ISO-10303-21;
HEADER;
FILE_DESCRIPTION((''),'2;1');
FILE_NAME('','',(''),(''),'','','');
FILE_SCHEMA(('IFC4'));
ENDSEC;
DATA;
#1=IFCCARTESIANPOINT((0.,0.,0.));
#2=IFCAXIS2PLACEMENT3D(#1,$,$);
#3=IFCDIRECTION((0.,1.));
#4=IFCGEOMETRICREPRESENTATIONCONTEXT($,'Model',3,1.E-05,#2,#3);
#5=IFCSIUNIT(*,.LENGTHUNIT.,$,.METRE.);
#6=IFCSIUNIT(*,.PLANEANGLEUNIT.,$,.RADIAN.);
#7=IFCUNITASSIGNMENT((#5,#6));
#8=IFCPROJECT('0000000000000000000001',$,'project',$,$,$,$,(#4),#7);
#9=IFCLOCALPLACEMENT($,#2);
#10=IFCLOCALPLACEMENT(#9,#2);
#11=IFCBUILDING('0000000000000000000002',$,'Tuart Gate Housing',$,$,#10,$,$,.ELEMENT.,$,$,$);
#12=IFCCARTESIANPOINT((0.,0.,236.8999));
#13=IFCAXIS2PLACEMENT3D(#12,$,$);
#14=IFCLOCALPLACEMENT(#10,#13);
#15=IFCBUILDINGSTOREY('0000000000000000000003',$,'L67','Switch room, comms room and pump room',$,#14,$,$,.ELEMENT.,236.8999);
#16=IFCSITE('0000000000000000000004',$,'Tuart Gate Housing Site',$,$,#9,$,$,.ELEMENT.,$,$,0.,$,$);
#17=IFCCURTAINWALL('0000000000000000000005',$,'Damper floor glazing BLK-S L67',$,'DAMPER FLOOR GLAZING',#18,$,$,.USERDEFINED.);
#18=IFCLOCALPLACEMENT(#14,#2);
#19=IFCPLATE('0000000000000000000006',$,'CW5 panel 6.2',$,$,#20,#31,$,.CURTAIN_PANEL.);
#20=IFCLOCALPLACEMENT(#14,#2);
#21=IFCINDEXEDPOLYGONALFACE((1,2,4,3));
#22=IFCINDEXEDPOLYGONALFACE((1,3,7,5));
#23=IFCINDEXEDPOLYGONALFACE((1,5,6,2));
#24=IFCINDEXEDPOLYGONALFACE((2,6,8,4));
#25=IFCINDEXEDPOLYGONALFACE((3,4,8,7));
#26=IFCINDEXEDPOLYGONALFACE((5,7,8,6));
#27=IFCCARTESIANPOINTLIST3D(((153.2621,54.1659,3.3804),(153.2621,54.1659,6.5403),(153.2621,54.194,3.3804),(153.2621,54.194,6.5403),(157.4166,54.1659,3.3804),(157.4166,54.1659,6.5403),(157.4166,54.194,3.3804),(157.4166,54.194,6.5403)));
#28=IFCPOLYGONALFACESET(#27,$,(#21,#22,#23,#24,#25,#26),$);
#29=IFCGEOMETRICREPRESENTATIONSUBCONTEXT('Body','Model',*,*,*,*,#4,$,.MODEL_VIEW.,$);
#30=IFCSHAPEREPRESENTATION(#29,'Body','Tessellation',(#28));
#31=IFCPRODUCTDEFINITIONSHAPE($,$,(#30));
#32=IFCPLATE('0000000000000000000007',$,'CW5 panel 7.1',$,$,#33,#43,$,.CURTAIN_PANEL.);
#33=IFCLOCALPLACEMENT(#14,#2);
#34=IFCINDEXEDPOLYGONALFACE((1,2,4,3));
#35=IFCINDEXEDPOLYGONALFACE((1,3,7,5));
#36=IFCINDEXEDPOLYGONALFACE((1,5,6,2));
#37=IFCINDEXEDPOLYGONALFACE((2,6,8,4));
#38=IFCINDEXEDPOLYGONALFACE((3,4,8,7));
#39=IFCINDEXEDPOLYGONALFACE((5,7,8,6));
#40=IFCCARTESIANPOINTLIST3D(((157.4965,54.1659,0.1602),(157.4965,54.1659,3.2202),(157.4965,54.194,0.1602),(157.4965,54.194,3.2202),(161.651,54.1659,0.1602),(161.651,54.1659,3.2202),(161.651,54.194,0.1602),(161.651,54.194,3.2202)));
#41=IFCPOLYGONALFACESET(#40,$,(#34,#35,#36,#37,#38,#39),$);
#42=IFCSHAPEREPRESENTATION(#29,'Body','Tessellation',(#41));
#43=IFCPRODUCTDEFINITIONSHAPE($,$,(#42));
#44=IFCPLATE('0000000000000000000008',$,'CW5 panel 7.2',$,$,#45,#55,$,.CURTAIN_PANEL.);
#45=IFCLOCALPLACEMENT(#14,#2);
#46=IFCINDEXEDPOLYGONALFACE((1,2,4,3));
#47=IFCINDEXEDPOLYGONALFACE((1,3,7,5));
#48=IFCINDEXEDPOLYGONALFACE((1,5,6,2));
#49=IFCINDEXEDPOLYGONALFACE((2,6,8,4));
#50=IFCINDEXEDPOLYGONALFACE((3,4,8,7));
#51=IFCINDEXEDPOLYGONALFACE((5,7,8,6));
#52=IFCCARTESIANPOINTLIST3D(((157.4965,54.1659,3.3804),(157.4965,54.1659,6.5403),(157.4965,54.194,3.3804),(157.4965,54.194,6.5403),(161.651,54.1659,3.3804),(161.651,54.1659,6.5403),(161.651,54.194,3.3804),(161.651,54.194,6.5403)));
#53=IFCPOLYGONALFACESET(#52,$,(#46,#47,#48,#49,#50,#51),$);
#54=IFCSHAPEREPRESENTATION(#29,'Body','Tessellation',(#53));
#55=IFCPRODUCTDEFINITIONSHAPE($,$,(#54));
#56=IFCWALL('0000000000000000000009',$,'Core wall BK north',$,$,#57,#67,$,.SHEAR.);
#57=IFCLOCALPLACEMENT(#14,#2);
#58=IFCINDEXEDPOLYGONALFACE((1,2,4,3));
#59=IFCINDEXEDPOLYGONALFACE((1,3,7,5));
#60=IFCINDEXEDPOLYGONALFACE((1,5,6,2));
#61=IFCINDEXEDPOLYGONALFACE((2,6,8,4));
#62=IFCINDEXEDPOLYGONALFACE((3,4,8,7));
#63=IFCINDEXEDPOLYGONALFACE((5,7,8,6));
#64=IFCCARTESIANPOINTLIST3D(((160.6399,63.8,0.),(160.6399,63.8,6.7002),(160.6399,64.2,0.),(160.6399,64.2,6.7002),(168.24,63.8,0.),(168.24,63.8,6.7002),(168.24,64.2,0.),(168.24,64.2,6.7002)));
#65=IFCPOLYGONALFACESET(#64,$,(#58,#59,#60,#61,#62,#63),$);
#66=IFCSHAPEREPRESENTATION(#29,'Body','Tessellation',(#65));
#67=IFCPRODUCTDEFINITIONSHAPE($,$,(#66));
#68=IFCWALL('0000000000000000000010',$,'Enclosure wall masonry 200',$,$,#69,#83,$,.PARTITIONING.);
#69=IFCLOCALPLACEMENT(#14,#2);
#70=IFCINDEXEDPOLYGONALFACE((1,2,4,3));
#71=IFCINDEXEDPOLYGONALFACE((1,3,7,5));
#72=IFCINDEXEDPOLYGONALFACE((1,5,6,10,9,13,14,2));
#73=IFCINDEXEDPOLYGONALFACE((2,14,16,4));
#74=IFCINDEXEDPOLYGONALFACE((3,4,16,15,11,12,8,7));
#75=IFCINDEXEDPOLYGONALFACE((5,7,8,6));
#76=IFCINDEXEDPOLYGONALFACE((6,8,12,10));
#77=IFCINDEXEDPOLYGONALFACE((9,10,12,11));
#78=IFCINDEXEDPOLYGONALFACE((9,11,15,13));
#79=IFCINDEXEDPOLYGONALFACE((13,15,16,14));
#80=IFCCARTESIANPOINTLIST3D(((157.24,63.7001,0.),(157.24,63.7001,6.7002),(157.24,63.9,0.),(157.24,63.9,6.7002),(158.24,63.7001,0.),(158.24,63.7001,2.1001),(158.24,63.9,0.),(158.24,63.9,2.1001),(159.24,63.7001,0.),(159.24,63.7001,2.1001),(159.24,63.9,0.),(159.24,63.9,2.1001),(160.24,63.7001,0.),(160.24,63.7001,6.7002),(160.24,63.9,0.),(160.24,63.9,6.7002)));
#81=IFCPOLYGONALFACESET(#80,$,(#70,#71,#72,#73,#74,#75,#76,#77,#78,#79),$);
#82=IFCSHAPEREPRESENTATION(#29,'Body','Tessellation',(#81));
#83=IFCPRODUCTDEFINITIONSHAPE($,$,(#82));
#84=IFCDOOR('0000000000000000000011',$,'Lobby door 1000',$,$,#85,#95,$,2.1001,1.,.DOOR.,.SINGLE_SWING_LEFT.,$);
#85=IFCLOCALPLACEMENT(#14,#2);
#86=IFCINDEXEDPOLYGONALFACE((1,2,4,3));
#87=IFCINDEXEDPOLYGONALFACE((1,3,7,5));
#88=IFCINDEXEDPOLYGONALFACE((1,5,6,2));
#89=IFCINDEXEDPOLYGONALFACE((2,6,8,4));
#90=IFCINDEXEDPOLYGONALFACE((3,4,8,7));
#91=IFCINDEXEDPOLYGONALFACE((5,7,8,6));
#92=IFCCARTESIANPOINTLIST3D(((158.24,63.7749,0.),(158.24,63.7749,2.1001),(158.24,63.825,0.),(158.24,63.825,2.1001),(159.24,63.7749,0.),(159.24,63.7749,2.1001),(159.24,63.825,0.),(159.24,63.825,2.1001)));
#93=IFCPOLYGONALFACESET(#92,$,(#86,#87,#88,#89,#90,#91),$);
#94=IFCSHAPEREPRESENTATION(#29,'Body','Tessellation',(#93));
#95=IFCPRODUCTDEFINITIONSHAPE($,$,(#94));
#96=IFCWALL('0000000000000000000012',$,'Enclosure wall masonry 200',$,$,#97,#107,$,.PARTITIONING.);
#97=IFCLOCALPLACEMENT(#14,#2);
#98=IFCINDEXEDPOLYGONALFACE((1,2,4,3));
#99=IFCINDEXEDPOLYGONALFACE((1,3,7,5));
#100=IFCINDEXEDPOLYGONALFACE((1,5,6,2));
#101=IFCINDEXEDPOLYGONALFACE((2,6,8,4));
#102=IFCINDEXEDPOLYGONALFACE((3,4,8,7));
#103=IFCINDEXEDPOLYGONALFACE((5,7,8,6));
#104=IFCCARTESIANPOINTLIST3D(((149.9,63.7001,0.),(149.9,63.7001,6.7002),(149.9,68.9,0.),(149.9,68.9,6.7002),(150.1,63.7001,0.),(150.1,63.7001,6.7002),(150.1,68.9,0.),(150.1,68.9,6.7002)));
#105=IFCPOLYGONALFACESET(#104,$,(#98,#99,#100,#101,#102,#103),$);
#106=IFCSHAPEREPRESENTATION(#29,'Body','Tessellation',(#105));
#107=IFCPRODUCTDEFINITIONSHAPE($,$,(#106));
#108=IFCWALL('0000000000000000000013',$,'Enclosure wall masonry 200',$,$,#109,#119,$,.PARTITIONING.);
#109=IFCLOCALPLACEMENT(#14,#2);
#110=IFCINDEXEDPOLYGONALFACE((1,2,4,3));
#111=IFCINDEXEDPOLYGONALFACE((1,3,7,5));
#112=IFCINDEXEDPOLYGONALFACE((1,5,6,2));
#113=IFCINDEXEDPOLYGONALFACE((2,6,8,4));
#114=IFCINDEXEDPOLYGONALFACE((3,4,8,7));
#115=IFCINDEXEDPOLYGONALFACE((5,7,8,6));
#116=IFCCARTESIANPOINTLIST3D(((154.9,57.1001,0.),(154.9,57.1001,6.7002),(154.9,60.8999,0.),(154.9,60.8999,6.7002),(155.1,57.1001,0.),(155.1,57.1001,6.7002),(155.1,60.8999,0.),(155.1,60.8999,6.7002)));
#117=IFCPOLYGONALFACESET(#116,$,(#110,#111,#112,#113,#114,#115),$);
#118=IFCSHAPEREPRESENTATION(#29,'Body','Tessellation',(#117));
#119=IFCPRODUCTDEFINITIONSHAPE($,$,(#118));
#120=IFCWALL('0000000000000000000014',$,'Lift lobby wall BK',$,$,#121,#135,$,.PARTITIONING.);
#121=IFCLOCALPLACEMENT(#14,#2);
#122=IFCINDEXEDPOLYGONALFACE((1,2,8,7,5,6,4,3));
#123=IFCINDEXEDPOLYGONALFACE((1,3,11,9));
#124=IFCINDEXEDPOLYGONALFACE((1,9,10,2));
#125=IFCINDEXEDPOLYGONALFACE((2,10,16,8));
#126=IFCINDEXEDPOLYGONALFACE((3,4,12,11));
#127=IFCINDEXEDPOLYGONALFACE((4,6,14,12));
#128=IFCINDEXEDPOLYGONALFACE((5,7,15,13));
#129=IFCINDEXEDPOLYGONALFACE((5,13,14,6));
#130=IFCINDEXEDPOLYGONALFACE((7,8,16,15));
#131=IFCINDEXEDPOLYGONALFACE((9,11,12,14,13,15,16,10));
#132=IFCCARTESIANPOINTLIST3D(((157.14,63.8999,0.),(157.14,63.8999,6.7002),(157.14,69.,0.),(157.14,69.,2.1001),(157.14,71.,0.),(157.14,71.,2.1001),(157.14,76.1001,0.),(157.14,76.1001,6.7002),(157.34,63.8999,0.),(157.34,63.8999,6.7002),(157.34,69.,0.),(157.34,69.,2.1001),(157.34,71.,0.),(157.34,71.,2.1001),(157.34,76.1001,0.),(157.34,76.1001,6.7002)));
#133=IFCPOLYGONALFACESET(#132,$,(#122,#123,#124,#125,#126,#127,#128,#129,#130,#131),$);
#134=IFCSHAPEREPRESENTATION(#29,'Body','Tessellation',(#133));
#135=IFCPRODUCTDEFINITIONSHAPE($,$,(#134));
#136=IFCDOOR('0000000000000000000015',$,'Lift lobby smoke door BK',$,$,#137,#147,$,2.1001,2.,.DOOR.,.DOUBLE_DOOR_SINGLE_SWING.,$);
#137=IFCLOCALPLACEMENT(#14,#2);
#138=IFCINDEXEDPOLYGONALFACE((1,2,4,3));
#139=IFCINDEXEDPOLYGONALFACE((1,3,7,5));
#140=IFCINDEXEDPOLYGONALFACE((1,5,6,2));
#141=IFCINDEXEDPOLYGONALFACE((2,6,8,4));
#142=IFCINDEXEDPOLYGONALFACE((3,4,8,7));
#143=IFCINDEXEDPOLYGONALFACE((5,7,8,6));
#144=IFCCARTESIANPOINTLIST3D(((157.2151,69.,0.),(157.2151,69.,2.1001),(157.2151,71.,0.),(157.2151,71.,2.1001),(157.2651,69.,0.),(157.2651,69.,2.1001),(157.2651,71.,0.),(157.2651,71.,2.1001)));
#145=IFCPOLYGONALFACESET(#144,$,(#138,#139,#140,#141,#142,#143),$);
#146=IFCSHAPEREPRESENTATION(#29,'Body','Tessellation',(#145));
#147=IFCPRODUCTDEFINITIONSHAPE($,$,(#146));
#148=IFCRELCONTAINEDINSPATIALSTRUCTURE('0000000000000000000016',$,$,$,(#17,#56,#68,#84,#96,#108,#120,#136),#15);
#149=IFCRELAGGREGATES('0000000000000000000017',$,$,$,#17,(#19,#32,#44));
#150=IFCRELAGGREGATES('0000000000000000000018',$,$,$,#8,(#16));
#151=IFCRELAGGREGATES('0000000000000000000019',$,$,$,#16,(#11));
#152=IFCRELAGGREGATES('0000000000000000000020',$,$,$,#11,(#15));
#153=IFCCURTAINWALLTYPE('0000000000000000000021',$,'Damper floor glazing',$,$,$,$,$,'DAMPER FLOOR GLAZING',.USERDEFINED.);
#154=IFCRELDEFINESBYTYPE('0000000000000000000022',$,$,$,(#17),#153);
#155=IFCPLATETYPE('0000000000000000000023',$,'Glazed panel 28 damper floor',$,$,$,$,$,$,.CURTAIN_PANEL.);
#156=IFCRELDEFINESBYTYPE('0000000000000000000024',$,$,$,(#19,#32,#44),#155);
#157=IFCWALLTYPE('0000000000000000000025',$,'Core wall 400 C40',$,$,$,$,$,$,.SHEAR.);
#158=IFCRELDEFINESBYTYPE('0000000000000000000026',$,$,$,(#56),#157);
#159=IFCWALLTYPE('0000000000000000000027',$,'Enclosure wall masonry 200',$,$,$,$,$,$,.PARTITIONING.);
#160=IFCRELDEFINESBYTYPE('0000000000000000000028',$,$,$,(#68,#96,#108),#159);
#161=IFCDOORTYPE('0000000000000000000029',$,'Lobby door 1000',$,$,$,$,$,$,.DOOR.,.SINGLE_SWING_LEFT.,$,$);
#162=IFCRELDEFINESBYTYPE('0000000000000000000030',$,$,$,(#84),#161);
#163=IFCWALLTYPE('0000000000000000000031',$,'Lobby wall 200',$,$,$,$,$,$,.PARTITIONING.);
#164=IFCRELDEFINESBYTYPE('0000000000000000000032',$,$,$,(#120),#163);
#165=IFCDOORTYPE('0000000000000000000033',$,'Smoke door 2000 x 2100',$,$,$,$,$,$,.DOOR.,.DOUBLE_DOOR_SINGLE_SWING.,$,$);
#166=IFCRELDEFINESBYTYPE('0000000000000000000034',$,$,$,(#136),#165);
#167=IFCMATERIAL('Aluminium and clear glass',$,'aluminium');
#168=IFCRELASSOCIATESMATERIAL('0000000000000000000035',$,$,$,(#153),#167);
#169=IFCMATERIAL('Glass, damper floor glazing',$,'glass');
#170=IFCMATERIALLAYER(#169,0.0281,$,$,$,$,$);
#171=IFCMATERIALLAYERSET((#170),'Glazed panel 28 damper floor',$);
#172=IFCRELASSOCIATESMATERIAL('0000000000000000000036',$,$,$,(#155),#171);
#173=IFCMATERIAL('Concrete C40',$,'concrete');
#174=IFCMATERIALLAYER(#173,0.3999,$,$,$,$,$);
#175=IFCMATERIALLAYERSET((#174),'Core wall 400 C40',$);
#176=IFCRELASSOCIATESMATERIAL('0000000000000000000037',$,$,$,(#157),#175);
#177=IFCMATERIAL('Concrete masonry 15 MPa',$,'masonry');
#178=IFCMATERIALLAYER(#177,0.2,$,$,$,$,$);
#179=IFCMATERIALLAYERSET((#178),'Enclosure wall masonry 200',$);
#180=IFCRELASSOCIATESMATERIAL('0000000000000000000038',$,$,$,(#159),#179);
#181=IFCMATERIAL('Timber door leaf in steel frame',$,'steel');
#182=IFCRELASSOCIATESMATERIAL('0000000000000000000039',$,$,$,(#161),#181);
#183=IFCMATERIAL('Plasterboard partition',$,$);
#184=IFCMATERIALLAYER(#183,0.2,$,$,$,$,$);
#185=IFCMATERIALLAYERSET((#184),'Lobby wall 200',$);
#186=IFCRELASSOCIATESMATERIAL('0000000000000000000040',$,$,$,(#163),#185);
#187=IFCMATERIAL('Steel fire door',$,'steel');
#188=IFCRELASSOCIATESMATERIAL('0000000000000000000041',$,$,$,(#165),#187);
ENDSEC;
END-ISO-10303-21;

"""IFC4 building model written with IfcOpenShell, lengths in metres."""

from ifc_helpers import new_model, si_unit, direction, frame, frame_2d, origin, origin_2d, place, context, subcontext, project, spatial, rectangle, extrude, material, layer, layer_set, type_object, element, fill, aggregate, save


model = new_model("IFC4")

# Units and contexts
model_context = context("Model", 3, precision=1e-05, world=origin(), true_north=direction((0.0, 1.0)))
body_context = subcontext(model_context, "Body", "Model", "MODEL_VIEW")
ifc_project = project(units=[si_unit("LENGTHUNIT", "METRE"), si_unit("PLANEANGLEUNIT", "RADIAN")], contexts=[model_context])

# Site, building, storey
site_placement = place(None, origin())
site = spatial("IfcSite", under=ifc_project, at=site_placement, Name="Tuart Gate Housing Site", CompositionType="ELEMENT", RefElevation=0.0)
building_placement = place(site_placement, origin())
building = spatial("IfcBuilding", under=site, at=building_placement, Name="Tuart Gate Housing", CompositionType="ELEMENT")
storey_placement = place(building_placement, frame((0.0, 0.0, 236.8999)))
storey = spatial("IfcBuildingStorey", under=building, at=storey_placement, Name="L67", Description="Switch room, comms room and pump room", CompositionType="ELEMENT", Elevation=236.8999)

# Curtain wall, plates
ifc_material_1 = material(Name="Aluminium and clear glass", Category="aluminium")
curtain_wall_type = type_object("IfcCurtainWallType", Name="Damper floor glazing", ElementType="DAMPER FLOOR GLAZING", PredefinedType="USERDEFINED", material=ifc_material_1)
curtain_wall_placement = place(storey_placement, origin())
curtain_wall = element("IfcCurtainWall", 1, at=curtain_wall_placement, inside=storey, type_object=curtain_wall_type, Name="Damper floor glazing BLK-S L67", ObjectType="DAMPER FLOOR GLAZING", PredefinedType="USERDEFINED")
ifc_material_2 = material(Name="Glass, damper floor glazing", Category="glass")
ifc_layer_1 = layer(ifc_material_2, 0.0281)
ifc_layer_set_1 = layer_set([ifc_layer_1], Name="Glazed panel 28 damper floor")
plate_type = type_object("IfcPlateType", Name="Glazed panel 28 damper floor", PredefinedType="CURTAIN_PANEL", material=ifc_layer_set_1)
plate_1_placement = place(storey_placement, frame((155.3394, 54.1799, 3.3804), z_axis=(0.0, 0.0, 1.0), x_axis=(1.0, 0.0, 0.0)))
plate_1 = element("IfcPlate", 2, at=plate_1_placement, type_object=plate_type, Name="CW5 panel 6.2", PredefinedType="CURTAIN_PANEL", context=body_context, shape_type="SweptSolid", body=[
    extrude(rectangle(XDim=4.1545, YDim=0.0281, at=origin_2d()), origin(), (0.0, 0.0, 1.0), 3.1599),
])
plate_2_placement = place(storey_placement, frame((159.5737, 54.1799, 0.1602), z_axis=(0.0, 0.0, 1.0), x_axis=(1.0, 0.0, 0.0)))
plate_2 = element("IfcPlate", 3, at=plate_2_placement, type_object=plate_type, Name="CW5 panel 7.1", PredefinedType="CURTAIN_PANEL", context=body_context, shape_type="SweptSolid", body=[
    extrude(rectangle(XDim=4.1545, YDim=0.0281, at=origin_2d()), origin(), (0.0, 0.0, 1.0), 3.0601),
])
plate_3_placement = place(storey_placement, frame((159.5737, 54.1799, 3.3804), z_axis=(0.0, 0.0, 1.0), x_axis=(1.0, 0.0, 0.0)))
plate_3 = element("IfcPlate", 4, at=plate_3_placement, type_object=plate_type, Name="CW5 panel 7.2", PredefinedType="CURTAIN_PANEL", context=body_context, shape_type="SweptSolid", body=[
    extrude(rectangle(XDim=4.1545, YDim=0.0281, at=origin_2d()), origin(), (0.0, 0.0, 1.0), 3.1599),
])
aggregate(curtain_wall, [plate_1, plate_2, plate_3])

# Wall
ifc_material_3 = material(Name="Concrete C40", Category="concrete")
ifc_layer_2 = layer(ifc_material_3, 0.3999)
ifc_layer_set_2 = layer_set([ifc_layer_2], Name="Core wall 400 C40")
wall_type_1 = type_object("IfcWallType", Name="Core wall 400 C40", PredefinedType="SHEAR", material=ifc_layer_set_2)
wall_1_placement = place(storey_placement, frame((160.6399, 64.0, 0.0), z_axis=(0.0, 0.0, 1.0), x_axis=(1.0, 0.0, 0.0)))
element("IfcWall", 5, at=wall_1_placement, inside=storey, type_object=wall_type_1, Name="Core wall BK north", PredefinedType="SHEAR", context=body_context, shape_type="SweptSolid", body=[
    extrude(rectangle(XDim=7.6001, YDim=0.3999, at=frame_2d((3.8, 0.0))), origin(), (0.0, 0.0, 1.0), 6.7002),
])

# Wall, opening, door
ifc_material_4 = material(Name="Concrete masonry 15 MPa", Category="masonry")
ifc_layer_3 = layer(ifc_material_4, 0.2)
ifc_layer_set_3 = layer_set([ifc_layer_3], Name="Enclosure wall masonry 200")
wall_type_2 = type_object("IfcWallType", Name="Enclosure wall masonry 200", PredefinedType="PARTITIONING", material=ifc_layer_set_3)
wall_2_placement = place(storey_placement, frame((157.24, 63.8, 0.0), z_axis=(0.0, 0.0, 1.0), x_axis=(1.0, 0.0, 0.0)))
wall_2 = element("IfcWall", 6, at=wall_2_placement, inside=storey, type_object=wall_type_2, Name="Enclosure wall masonry 200", PredefinedType="PARTITIONING", context=body_context, shape_type="SweptSolid", body=[
    extrude(rectangle(XDim=3.0, YDim=0.2, at=frame_2d((1.5, 0.0))), origin(), (0.0, 0.0, 1.0), 6.7002),
])
opening_1_placement = place(wall_2_placement, frame((1.0, 0.0, 0.0)))
opening_1 = element("IfcOpeningElement", 7, at=opening_1_placement, cuts=wall_2, PredefinedType="OPENING", context=body_context, shape_type="SweptSolid", body=[
    extrude(rectangle(XDim=1.0, YDim=2.1001, at=frame_2d((0.5, 1.05))), frame((0.0, 0.1099, 0.0), z_axis=(0.0, -1.0, 0.0), x_axis=(1.0, 0.0, 0.0)), (0.0, 0.0, 1.0), 0.22),
])
ifc_material_5 = material(Name="Timber door leaf in steel frame", Category="steel")
door_type_1 = type_object("IfcDoorType", Name="Lobby door 1000", OperationType="SINGLE_SWING_LEFT", PredefinedType="DOOR", material=ifc_material_5)
door_1_placement = place(opening_1_placement, origin())
door_1 = element("IfcDoor", 8, at=door_1_placement, inside=storey, type_object=door_type_1, Name="Lobby door 1000", OperationType="SINGLE_SWING_LEFT", OverallHeight=2.1001, OverallWidth=1.0, PredefinedType="DOOR", context=body_context, shape_type="SweptSolid", body=[
    extrude(rectangle(XDim=1.0, YDim=2.1001, at=frame_2d((0.5, 1.05))), frame((0.0, 0.0249, 0.0), z_axis=(0.0, -1.0, 0.0), x_axis=(1.0, 0.0, 0.0)), (0.0, 0.0, 1.0), 0.05),
])
fill(opening_1, door_1)

# Walls
wall_3_placement = place(storey_placement, frame((150.0, 63.7, 0.0), z_axis=(0.0, 0.0, 1.0), x_axis=(0.0, 1.0, 0.0)))
element("IfcWall", 9, at=wall_3_placement, inside=storey, type_object=wall_type_2, Name="Enclosure wall masonry 200", PredefinedType="PARTITIONING", context=body_context, shape_type="SweptSolid", body=[
    extrude(rectangle(XDim=5.2, YDim=0.2, at=frame_2d((2.6001, 0.0))), origin(), (0.0, 0.0, 1.0), 6.7002),
])
wall_4_placement = place(storey_placement, frame((155.0, 57.1001, 0.0), z_axis=(0.0, 0.0, 1.0), x_axis=(0.0, 1.0, 0.0)))
element("IfcWall", 10, at=wall_4_placement, inside=storey, type_object=wall_type_2, Name="Enclosure wall masonry 200", PredefinedType="PARTITIONING", context=body_context, shape_type="SweptSolid", body=[
    extrude(rectangle(XDim=3.7998, YDim=0.2, at=frame_2d((1.8999, 0.0))), origin(), (0.0, 0.0, 1.0), 6.7002),
])

# Wall, opening, door
ifc_material_6 = material(Name="Plasterboard partition")
ifc_layer_4 = layer(ifc_material_6, 0.2)
ifc_layer_set_4 = layer_set([ifc_layer_4], Name="Lobby wall 200")
wall_type_3 = type_object("IfcWallType", Name="Lobby wall 200", PredefinedType="PARTITIONING", material=ifc_layer_set_4)
wall_5_placement = place(storey_placement, frame((157.24, 63.8999, 0.0), z_axis=(0.0, 0.0, 1.0), x_axis=(0.0, 1.0, 0.0)))
wall_5 = element("IfcWall", 11, at=wall_5_placement, inside=storey, type_object=wall_type_3, Name="Lift lobby wall BK", PredefinedType="PARTITIONING", context=body_context, shape_type="SweptSolid", body=[
    extrude(rectangle(XDim=12.2002, YDim=0.2, at=frame_2d((6.1001, 0.0))), origin(), (0.0, 0.0, 1.0), 6.7002),
])
opening_2_placement = place(wall_5_placement, frame((5.1001, 0.0, 0.0)))
opening_2 = element("IfcOpeningElement", 12, at=opening_2_placement, cuts=wall_5, PredefinedType="OPENING", context=body_context, shape_type="SweptSolid", body=[
    extrude(rectangle(XDim=2.0, YDim=2.1001, at=frame_2d((1.0, 1.05))), frame((0.0, 0.1099, 0.0), z_axis=(0.0, -1.0, 0.0), x_axis=(1.0, 0.0, 0.0)), (0.0, 0.0, 1.0), 0.22),
])
ifc_material_7 = material(Name="Steel fire door", Category="steel")
door_type_2 = type_object("IfcDoorType", Name="Smoke door 2000 x 2100", OperationType="DOUBLE_DOOR_SINGLE_SWING", PredefinedType="DOOR", material=ifc_material_7)
door_2_placement = place(opening_2_placement, frame((2.0, 0.0, 0.0), z_axis=(0.0, 0.0, 1.0), x_axis=(-1.0, 0.0, 0.0)))
door_2 = element("IfcDoor", 13, at=door_2_placement, inside=storey, type_object=door_type_2, Name="Lift lobby smoke door BK", OperationType="DOUBLE_DOOR_SINGLE_SWING", OverallHeight=2.1001, OverallWidth=2.0, PredefinedType="DOOR", context=body_context, shape_type="SweptSolid", body=[
    extrude(rectangle(XDim=2.0, YDim=2.1001, at=frame_2d((1.0, 1.05))), frame((0.0, 0.0251, 0.0), z_axis=(0.0, -1.0, 0.0), x_axis=(1.0, 0.0, 0.0)), (0.0, 0.0, 1.0), 0.05),
])
fill(opening_2, door_2)

save(model, "model.ifc")
